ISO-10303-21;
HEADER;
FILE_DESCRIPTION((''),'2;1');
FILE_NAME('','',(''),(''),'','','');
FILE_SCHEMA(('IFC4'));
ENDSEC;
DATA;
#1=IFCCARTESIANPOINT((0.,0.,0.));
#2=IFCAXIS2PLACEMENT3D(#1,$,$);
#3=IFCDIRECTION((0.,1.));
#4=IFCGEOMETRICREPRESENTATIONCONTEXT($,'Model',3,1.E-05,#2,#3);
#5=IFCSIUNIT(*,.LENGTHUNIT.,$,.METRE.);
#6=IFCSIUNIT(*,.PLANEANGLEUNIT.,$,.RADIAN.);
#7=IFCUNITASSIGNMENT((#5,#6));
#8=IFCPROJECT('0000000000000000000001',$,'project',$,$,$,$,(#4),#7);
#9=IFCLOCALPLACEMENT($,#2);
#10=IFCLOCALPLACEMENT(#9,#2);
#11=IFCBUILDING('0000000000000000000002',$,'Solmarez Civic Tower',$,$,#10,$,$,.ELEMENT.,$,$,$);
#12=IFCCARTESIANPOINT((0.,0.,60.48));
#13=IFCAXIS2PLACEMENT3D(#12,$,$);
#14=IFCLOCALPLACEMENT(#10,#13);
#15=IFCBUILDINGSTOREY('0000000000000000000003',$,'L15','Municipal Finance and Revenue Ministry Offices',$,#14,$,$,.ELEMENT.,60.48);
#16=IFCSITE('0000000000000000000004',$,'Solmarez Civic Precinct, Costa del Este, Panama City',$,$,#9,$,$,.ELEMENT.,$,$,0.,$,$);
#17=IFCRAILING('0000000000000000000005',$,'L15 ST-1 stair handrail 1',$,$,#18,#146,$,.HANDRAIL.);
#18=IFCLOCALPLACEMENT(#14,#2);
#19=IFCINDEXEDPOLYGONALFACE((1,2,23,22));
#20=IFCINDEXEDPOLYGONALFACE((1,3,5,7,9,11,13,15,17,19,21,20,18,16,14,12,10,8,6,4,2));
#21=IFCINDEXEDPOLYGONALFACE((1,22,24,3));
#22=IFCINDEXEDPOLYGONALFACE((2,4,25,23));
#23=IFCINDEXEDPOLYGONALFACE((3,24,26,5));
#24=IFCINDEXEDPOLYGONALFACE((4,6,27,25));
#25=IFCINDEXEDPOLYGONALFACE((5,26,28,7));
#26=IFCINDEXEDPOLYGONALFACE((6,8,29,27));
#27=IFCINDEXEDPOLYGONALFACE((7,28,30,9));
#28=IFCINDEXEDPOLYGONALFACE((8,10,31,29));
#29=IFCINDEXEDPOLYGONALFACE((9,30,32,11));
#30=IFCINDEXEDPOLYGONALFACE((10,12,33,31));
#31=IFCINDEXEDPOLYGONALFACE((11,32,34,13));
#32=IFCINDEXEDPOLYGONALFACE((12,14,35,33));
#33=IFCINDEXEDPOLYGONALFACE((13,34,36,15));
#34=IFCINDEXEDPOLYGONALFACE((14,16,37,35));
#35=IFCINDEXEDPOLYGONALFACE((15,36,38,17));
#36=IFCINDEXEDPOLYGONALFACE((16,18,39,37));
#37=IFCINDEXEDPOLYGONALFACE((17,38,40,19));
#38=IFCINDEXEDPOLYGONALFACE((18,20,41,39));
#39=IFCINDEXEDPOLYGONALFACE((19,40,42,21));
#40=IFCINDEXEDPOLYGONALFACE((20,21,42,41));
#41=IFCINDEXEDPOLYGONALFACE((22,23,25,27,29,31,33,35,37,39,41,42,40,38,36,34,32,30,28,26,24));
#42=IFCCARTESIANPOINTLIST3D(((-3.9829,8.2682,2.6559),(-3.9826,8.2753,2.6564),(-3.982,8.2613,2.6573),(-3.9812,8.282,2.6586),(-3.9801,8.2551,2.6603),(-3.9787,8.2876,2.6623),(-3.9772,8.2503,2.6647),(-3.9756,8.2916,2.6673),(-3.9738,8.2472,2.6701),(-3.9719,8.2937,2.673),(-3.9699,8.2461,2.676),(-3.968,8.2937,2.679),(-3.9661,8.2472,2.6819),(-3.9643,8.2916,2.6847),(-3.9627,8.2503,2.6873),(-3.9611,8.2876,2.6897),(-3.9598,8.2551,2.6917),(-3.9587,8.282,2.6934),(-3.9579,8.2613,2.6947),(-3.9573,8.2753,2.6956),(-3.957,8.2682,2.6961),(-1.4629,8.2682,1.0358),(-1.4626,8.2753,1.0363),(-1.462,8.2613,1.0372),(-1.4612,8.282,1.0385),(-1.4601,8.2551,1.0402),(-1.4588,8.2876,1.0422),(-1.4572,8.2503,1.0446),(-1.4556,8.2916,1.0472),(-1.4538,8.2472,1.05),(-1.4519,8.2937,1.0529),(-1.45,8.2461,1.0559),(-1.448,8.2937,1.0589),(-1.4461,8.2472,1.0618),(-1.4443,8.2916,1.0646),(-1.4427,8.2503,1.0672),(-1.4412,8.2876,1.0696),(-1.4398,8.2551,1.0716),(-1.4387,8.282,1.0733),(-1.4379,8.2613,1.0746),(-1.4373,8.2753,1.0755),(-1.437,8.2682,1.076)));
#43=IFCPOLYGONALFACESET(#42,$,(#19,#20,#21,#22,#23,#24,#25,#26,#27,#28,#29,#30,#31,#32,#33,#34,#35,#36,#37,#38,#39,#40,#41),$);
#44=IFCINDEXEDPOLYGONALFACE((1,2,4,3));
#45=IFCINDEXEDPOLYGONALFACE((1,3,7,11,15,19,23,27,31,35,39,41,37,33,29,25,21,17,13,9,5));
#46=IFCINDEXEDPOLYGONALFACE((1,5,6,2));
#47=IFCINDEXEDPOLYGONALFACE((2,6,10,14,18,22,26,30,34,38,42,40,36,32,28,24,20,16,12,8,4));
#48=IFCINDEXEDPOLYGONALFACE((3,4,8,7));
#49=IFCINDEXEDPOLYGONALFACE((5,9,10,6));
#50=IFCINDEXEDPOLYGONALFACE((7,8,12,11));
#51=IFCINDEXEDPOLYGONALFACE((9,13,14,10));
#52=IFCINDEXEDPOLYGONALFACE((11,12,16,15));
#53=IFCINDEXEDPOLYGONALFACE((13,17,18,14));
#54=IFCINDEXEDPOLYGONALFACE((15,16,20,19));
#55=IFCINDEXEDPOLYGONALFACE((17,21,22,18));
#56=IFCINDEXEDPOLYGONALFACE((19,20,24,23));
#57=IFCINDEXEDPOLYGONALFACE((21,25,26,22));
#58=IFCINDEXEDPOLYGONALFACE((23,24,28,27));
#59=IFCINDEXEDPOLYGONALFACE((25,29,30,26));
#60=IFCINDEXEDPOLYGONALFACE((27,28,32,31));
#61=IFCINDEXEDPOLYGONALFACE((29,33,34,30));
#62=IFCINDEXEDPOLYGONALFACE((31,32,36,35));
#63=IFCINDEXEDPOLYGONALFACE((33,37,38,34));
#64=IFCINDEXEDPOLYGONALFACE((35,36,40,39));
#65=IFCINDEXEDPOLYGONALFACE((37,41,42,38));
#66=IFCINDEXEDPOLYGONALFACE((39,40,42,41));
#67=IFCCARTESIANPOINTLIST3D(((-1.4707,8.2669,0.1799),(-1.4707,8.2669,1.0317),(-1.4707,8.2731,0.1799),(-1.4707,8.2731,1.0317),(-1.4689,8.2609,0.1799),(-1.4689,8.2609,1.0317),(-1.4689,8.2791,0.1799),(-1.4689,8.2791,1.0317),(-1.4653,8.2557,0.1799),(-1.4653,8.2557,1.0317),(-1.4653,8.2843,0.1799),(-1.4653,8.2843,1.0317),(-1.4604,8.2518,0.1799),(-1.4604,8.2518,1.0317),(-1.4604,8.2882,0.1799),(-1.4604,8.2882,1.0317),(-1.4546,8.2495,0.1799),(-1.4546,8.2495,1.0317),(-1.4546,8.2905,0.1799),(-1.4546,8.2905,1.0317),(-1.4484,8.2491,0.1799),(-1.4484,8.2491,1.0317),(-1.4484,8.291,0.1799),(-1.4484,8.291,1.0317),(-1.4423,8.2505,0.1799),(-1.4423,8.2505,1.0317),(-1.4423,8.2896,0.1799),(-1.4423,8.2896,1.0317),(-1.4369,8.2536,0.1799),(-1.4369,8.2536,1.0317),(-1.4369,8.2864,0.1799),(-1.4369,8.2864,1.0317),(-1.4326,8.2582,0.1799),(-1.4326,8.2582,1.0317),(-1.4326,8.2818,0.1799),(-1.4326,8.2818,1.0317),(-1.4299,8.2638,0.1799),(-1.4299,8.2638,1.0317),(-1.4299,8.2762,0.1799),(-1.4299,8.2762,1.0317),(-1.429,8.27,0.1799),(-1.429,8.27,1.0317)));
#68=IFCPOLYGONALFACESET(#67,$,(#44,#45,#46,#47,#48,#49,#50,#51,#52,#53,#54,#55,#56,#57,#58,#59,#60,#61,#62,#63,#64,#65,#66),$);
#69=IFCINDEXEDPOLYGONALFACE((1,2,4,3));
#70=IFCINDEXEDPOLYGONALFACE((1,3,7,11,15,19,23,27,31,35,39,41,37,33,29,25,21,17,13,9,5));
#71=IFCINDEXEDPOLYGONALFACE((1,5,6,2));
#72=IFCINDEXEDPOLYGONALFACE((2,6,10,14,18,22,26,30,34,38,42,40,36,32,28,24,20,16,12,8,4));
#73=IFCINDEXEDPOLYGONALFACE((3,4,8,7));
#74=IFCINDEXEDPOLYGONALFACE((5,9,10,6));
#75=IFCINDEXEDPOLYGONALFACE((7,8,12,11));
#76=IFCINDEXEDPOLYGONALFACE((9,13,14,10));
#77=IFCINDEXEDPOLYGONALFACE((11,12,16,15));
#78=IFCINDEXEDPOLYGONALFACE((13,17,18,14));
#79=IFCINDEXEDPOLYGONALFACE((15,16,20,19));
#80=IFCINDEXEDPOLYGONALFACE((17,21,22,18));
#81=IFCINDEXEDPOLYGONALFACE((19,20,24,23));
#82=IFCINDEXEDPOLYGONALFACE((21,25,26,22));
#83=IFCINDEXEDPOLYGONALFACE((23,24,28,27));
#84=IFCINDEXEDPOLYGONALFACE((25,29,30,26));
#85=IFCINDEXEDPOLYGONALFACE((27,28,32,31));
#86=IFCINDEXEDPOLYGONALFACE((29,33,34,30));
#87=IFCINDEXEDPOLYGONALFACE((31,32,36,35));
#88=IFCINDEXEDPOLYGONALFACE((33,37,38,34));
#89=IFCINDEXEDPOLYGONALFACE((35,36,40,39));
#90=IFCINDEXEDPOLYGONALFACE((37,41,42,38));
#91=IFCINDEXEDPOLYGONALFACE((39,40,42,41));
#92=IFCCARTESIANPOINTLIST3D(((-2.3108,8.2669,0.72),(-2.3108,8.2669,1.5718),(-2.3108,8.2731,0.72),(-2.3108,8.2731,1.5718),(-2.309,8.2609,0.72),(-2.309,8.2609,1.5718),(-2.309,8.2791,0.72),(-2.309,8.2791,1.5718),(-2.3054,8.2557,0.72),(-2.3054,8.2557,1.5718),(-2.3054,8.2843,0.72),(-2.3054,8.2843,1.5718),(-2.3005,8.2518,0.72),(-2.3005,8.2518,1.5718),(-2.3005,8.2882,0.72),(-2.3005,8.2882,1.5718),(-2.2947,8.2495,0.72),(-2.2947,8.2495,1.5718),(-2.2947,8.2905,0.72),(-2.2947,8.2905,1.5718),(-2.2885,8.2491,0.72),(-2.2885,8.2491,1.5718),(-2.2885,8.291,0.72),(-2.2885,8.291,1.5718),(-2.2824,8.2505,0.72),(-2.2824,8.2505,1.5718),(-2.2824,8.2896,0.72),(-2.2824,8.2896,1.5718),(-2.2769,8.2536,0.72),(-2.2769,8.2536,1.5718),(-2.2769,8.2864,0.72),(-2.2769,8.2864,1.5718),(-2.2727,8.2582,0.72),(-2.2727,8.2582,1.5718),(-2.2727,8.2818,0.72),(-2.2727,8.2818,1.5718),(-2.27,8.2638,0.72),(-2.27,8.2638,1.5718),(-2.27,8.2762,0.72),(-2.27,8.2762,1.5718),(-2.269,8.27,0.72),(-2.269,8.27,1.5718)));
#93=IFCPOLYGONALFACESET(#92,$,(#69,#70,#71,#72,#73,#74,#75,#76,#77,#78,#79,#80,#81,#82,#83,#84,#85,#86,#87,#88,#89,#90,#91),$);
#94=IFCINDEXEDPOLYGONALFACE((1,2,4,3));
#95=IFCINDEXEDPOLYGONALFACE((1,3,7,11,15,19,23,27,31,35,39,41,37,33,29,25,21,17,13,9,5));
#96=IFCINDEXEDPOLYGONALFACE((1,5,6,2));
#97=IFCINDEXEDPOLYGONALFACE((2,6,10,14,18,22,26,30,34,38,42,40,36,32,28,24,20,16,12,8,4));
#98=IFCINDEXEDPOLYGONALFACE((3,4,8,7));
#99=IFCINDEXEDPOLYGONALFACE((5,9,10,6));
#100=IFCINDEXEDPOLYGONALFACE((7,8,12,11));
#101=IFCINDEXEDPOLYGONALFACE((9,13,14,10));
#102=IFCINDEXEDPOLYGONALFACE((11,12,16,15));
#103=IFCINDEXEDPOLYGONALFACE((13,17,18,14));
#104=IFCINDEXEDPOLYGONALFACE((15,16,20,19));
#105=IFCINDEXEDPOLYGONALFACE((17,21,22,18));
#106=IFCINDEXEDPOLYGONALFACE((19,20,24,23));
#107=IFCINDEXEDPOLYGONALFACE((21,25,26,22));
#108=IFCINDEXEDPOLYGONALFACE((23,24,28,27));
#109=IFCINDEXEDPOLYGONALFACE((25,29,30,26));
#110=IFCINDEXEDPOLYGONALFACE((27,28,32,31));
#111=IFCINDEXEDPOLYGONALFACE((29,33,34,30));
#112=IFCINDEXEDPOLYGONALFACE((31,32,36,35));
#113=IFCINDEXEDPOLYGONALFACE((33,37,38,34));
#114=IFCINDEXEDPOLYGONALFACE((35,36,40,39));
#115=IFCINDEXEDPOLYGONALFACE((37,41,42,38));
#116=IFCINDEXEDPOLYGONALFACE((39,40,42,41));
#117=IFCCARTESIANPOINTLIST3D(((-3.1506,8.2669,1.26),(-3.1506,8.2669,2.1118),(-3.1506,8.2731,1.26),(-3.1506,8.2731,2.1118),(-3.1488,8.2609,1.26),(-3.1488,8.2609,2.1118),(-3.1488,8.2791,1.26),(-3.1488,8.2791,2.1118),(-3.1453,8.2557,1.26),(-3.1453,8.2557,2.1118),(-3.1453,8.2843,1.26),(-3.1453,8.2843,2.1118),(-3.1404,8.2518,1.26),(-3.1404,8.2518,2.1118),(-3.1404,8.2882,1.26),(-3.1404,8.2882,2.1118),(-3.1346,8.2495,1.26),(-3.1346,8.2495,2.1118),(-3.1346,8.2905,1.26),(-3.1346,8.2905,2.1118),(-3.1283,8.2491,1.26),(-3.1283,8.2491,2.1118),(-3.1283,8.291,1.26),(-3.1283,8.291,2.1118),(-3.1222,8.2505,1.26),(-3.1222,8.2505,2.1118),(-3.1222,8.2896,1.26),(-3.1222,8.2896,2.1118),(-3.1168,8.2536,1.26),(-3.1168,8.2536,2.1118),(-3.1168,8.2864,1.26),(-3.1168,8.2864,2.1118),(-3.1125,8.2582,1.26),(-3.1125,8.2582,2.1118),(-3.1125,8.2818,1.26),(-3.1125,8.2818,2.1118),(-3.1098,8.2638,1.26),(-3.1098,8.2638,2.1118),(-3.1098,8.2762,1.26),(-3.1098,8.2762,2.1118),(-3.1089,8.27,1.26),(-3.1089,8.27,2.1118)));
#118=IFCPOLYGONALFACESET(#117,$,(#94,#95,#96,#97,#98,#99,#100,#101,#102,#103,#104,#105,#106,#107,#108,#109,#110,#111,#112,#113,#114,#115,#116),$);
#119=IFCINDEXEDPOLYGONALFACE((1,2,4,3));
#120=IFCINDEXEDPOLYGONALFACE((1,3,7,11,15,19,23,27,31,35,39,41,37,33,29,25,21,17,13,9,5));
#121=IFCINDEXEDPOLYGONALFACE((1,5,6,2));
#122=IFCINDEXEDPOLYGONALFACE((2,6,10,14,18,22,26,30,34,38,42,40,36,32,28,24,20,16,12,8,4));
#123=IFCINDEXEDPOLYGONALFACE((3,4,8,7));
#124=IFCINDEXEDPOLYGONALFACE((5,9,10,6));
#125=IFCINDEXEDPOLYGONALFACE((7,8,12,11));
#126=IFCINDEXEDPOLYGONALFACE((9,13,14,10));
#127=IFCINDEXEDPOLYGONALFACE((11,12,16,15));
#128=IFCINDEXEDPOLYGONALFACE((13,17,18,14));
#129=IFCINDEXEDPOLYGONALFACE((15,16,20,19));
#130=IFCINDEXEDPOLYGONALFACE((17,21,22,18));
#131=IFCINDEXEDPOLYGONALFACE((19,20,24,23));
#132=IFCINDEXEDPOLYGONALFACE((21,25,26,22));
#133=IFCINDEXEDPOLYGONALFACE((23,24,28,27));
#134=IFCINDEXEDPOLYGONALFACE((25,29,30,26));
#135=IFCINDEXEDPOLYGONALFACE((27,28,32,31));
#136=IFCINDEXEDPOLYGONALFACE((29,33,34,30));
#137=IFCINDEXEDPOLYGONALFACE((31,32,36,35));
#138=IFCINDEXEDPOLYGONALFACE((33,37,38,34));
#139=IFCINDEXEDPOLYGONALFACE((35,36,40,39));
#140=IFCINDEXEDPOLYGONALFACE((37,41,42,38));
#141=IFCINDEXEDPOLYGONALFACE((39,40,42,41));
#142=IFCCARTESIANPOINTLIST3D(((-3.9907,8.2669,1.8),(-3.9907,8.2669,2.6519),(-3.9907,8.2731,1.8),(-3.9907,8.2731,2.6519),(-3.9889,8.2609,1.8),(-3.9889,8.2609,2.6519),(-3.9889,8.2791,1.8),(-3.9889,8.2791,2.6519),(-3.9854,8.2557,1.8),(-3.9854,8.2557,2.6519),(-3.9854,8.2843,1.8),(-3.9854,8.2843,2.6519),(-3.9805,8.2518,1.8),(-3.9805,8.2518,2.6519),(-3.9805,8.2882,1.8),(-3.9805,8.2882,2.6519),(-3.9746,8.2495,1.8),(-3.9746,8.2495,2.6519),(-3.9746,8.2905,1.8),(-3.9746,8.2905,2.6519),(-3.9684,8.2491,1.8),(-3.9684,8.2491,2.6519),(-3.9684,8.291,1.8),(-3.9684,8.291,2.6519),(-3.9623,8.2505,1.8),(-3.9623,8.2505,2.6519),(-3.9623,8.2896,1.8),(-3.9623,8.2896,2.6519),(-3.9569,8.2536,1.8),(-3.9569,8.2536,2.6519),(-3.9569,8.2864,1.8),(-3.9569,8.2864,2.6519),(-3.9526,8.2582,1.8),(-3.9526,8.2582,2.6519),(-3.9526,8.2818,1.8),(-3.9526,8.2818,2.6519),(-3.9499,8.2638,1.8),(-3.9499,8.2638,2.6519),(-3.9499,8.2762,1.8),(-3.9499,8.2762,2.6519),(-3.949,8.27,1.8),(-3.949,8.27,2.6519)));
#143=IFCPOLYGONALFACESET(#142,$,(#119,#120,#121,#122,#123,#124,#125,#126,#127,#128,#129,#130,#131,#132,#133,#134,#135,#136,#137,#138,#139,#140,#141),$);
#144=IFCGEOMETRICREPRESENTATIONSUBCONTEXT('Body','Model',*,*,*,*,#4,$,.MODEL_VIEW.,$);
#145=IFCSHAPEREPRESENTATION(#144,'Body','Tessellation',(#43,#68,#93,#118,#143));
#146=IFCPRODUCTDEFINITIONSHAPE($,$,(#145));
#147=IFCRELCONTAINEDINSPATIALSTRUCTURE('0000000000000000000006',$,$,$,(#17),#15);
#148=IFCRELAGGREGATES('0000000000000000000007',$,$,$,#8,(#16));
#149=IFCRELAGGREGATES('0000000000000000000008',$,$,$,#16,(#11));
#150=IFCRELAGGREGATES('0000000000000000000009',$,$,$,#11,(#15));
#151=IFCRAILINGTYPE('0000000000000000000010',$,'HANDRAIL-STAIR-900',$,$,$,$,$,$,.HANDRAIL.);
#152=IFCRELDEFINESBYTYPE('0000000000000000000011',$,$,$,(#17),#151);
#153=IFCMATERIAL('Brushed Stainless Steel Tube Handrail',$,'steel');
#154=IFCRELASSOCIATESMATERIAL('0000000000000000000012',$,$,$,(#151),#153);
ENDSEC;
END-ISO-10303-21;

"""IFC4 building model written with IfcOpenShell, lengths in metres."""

from ifc_helpers import new_model, si_unit, direction, frame, origin, origin_2d, place, context, subcontext, project, spatial, circle, extrude, material, type_object, element, save


model = new_model("IFC4")

# Units and contexts
model_context = context("Model", 3, precision=1e-05, world=origin(), true_north=direction((0.0, 1.0)))
body_context = subcontext(model_context, "Body", "Model", "MODEL_VIEW")
ifc_project = project(units=[si_unit("LENGTHUNIT", "METRE"), si_unit("PLANEANGLEUNIT", "RADIAN")], contexts=[model_context])

# Site, building, storey
site_placement = place(None, origin())
site = spatial("IfcSite", under=ifc_project, at=site_placement, Name="Solmarez Civic Precinct, Costa del Este, Panama City", CompositionType="ELEMENT", RefElevation=0.0)
building_placement = place(site_placement, origin())
building = spatial("IfcBuilding", under=site, at=building_placement, Name="Solmarez Civic Tower", CompositionType="ELEMENT")
storey_placement = place(building_placement, frame((0.0, 0.0, 60.48)))
storey = spatial("IfcBuildingStorey", under=building, at=storey_placement, Name="L15", Description="Municipal Finance and Revenue Ministry Offices", CompositionType="ELEMENT", Elevation=60.48)

# Railing
ifc_material_1 = material(Name="Brushed Stainless Steel Tube Handrail", Category="steel")
railing_type_1 = type_object("IfcRailingType", Name="HANDRAIL-STAIR-900", PredefinedType="HANDRAIL", material=ifc_material_1)
railing_1_placement = place(storey_placement, frame((-1.45, 8.27, 0.1799)))
element("IfcRailing", 1, at=railing_1_placement, inside=storey, type_object=railing_type_1, Name="L15 ST-1 stair handrail 1", PredefinedType="HANDRAIL", context=body_context, shape_type="SweptSolid", body=[
    extrude(circle(Radius=0.0239, at=origin_2d()), frame((0.0, 0.0, 0.876), z_axis=(-0.841163, 0.0, 0.540782), x_axis=(0.0, -1.0, 0.0)), (0.0, 0.0, 1.0), 2.9958),
    extrude(circle(Radius=0.021, at=origin_2d()), origin(), (0.0, 0.0, 1.0), 0.8518),
    extrude(circle(Radius=0.021, at=origin_2d()), frame((-0.8401, 0.0, 0.54)), (0.0, 0.0, 1.0), 0.8518),
    extrude(circle(Radius=0.021, at=origin_2d()), frame((-1.6799, 0.0, 1.0801)), (0.0, 0.0, 1.0), 0.8518),
    extrude(circle(Radius=0.021, at=origin_2d()), frame((-2.52, 0.0, 1.6201)), (0.0, 0.0, 1.0), 0.8518),
])

save(model, "model.ifc")
